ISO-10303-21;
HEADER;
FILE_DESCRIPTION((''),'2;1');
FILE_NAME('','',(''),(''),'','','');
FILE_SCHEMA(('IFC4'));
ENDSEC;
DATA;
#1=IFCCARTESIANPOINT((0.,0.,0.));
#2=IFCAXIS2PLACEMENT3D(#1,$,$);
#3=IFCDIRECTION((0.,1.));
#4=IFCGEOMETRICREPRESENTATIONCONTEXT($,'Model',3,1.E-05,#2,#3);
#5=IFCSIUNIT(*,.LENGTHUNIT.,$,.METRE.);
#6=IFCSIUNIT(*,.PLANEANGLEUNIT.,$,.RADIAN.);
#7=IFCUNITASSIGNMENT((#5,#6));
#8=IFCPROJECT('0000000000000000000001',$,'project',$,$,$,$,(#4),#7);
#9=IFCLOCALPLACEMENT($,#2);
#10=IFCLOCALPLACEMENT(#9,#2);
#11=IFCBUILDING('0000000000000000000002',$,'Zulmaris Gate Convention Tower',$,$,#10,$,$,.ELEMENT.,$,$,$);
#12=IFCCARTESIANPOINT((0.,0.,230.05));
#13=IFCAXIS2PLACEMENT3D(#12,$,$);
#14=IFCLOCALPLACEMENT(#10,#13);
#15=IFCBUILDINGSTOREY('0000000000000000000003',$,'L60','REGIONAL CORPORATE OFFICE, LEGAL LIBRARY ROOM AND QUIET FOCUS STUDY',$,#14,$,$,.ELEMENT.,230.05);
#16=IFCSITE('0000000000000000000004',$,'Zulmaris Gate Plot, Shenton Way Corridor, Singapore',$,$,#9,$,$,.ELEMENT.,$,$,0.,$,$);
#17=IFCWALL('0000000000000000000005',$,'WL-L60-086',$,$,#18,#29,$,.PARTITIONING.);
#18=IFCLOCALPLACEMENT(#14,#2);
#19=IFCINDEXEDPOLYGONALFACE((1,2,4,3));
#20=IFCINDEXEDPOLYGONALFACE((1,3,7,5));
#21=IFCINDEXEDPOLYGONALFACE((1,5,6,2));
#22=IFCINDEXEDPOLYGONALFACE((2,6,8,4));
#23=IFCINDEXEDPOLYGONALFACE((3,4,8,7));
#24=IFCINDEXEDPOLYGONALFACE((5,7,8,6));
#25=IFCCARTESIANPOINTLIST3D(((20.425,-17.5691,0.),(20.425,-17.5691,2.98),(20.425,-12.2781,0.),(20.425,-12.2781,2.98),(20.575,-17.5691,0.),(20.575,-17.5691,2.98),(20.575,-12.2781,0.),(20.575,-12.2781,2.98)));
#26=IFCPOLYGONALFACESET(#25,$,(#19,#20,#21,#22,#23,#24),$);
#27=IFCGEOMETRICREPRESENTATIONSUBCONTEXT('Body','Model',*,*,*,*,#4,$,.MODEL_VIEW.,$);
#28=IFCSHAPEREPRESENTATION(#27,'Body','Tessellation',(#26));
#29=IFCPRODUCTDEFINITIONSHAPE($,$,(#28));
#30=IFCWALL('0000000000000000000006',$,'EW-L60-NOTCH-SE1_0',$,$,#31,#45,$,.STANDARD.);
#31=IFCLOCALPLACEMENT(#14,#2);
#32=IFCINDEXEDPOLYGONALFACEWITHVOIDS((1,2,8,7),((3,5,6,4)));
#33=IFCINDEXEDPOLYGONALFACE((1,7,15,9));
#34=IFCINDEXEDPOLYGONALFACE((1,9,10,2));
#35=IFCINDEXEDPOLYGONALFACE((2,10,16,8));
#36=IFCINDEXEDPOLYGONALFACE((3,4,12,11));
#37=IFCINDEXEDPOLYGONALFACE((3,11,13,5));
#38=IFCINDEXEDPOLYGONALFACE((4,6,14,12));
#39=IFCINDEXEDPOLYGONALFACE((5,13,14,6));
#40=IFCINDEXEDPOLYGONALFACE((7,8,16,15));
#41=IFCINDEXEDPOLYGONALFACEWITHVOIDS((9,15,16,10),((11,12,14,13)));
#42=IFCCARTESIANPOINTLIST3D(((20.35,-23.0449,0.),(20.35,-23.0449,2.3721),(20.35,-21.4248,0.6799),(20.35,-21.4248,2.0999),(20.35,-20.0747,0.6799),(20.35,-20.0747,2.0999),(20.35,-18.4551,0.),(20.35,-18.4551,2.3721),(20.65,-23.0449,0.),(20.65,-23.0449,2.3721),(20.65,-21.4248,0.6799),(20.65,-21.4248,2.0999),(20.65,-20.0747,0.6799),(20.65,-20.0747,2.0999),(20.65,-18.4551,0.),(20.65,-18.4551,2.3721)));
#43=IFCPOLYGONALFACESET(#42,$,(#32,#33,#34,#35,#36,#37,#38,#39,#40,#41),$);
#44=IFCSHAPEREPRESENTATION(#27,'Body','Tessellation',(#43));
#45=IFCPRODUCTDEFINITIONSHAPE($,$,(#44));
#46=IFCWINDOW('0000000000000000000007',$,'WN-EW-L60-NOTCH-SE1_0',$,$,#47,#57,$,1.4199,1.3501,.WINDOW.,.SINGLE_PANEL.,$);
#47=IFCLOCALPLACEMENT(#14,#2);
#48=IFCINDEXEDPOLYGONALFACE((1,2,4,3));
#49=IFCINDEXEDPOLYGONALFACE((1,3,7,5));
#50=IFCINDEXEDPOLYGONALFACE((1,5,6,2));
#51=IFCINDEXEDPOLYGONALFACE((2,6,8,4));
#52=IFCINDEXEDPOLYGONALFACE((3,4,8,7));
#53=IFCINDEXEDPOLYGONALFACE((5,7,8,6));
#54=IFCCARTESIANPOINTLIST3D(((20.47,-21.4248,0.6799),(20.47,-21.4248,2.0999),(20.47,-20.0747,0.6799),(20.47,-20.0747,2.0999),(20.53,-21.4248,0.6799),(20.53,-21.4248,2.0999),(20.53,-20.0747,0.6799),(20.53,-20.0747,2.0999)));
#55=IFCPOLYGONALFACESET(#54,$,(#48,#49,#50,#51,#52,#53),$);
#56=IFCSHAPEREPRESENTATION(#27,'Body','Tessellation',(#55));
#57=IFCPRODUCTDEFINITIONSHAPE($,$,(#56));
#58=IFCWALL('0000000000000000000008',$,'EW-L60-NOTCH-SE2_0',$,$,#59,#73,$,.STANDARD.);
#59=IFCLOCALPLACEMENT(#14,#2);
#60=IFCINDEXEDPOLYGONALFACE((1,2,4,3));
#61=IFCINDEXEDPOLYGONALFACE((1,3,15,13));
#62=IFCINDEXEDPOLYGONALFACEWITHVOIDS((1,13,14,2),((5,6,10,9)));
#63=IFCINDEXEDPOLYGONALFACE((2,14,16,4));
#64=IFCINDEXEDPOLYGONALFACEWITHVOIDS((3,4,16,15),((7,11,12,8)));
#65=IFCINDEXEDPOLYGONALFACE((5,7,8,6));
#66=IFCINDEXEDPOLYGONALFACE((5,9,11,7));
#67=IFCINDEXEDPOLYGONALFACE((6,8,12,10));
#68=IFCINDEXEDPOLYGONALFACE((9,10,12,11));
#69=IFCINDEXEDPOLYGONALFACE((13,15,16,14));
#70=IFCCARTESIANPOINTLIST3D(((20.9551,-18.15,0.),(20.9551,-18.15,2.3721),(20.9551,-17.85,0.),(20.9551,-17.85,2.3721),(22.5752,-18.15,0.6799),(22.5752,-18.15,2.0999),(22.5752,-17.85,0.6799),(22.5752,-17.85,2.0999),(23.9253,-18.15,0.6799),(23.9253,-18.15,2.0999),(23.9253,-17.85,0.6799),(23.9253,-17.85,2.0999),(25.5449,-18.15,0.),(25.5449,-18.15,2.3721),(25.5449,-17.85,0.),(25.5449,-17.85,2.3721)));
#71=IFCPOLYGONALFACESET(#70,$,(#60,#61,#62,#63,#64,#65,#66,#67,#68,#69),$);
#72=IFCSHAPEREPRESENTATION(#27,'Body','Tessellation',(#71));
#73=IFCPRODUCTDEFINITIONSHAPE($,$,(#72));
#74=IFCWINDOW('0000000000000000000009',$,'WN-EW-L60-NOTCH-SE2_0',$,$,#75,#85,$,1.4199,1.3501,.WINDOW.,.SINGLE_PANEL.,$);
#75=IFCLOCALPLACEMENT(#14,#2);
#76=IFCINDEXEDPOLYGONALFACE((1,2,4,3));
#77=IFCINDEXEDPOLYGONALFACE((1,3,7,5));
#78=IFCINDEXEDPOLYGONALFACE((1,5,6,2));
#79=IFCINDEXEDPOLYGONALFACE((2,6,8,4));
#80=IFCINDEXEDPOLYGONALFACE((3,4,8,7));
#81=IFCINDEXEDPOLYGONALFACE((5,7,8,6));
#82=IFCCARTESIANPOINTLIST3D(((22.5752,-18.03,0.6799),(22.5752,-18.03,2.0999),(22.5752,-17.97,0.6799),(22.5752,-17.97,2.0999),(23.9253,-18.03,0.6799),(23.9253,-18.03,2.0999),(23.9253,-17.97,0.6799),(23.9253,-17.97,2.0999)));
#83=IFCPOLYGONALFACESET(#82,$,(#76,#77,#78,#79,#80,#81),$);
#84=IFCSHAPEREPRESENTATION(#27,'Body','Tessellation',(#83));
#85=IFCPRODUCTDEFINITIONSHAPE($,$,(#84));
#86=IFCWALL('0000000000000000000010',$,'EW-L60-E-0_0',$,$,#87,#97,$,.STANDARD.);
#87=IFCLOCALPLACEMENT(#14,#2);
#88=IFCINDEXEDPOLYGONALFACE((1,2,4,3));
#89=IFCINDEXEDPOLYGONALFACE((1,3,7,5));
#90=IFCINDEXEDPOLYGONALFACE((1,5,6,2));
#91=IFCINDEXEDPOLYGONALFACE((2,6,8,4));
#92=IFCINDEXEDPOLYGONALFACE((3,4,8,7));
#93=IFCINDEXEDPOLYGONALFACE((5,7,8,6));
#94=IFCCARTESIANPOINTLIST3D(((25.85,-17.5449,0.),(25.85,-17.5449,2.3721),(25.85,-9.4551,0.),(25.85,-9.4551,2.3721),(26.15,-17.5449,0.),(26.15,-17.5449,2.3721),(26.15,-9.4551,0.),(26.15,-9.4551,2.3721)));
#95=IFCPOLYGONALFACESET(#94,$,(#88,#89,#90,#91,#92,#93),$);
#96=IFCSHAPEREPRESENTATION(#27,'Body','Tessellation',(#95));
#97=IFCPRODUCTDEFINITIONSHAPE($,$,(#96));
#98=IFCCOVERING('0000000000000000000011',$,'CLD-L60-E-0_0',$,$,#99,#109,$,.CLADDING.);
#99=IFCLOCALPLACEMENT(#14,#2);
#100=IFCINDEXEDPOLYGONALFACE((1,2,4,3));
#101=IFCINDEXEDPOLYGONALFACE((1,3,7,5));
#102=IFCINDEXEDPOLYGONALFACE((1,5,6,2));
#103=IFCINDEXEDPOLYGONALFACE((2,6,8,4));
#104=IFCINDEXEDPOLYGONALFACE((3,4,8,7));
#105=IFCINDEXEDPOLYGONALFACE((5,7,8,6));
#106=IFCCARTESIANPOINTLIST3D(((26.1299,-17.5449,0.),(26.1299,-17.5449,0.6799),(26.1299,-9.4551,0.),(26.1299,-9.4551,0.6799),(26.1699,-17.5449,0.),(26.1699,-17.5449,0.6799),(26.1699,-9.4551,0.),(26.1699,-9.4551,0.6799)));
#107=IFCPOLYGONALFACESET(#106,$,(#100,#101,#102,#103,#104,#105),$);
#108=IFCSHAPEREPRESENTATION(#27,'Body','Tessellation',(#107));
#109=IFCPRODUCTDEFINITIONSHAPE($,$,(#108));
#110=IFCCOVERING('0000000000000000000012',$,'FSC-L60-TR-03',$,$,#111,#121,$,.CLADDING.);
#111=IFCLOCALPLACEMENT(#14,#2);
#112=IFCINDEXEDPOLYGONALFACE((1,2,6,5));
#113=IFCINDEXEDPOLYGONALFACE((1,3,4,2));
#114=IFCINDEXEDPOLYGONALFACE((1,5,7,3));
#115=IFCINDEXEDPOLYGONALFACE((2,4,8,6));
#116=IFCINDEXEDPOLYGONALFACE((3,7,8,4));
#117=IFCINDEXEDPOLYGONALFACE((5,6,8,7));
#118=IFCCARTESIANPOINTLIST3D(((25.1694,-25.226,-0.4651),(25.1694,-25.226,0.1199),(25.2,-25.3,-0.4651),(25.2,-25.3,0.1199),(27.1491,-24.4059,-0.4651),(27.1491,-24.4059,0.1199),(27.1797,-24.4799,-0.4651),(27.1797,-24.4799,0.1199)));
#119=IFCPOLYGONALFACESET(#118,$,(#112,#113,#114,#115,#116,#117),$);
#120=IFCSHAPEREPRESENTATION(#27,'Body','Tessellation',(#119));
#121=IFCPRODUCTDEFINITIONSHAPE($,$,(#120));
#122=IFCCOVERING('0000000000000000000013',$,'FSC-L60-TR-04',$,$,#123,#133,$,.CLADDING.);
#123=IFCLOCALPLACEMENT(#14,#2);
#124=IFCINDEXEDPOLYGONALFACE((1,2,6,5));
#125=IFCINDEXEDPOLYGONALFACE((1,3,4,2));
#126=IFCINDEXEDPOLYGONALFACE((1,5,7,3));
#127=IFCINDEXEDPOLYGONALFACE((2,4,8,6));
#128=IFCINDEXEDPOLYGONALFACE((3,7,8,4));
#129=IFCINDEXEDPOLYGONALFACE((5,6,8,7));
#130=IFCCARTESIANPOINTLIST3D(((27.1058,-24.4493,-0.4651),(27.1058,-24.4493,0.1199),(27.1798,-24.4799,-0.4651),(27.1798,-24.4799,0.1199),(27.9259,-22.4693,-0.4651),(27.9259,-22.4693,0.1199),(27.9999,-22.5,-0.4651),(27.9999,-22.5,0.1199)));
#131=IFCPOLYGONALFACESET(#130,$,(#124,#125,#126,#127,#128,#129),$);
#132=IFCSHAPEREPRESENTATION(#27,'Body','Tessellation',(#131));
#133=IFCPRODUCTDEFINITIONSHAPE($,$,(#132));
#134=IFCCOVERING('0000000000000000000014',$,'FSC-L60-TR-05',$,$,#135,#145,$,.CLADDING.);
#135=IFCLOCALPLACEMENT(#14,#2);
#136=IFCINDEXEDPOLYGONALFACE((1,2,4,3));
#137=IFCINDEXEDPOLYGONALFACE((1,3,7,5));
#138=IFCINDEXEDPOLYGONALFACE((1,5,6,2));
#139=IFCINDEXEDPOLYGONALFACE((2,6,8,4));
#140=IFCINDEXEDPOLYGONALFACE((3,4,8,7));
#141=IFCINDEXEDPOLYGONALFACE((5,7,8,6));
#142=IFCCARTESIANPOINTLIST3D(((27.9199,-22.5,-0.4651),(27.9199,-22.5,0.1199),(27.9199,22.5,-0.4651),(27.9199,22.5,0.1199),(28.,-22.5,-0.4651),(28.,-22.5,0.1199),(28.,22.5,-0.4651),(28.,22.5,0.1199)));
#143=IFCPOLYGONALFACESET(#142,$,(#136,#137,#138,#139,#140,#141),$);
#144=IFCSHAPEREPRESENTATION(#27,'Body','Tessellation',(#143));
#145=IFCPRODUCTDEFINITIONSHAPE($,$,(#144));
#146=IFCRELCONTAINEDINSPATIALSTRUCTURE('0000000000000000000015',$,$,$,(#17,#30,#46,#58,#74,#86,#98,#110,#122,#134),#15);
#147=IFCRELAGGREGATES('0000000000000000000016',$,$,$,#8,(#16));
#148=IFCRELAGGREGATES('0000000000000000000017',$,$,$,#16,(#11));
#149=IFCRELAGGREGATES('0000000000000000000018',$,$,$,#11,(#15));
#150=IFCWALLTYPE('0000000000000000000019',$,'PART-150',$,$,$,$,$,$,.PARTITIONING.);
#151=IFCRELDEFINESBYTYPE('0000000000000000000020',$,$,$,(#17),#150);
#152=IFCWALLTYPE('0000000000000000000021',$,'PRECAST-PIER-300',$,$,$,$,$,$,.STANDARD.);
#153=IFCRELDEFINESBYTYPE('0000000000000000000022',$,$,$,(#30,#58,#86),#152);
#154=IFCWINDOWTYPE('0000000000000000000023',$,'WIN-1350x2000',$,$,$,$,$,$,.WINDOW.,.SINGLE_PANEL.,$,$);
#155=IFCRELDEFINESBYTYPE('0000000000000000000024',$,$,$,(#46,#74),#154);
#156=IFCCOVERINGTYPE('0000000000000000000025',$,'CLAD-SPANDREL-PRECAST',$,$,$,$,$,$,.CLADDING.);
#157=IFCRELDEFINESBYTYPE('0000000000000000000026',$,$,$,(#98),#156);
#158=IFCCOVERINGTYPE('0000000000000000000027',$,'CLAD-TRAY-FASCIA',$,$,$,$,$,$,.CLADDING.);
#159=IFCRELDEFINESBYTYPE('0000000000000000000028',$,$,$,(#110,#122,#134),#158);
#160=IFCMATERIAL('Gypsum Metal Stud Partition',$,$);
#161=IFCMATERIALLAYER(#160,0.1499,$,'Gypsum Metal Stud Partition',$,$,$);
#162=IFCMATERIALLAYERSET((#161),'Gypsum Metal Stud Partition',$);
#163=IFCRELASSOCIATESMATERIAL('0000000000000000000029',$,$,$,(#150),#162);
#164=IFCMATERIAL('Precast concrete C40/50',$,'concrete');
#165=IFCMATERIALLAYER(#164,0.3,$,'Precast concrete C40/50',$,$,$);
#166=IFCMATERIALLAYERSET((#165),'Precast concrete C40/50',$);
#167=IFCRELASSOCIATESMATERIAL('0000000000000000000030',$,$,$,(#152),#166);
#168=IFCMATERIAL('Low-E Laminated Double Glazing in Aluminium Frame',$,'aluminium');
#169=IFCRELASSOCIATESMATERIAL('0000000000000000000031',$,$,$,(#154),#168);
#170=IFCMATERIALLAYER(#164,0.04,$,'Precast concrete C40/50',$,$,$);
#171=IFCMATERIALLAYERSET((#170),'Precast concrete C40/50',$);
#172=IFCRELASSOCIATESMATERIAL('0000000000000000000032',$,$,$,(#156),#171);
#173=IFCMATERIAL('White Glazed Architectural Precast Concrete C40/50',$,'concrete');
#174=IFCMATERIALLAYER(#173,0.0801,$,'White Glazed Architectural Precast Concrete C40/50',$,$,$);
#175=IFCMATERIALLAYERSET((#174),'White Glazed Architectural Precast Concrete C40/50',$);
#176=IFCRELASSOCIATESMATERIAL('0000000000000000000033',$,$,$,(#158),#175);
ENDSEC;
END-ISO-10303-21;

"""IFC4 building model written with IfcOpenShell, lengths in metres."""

from ifc_helpers import new_model, si_unit, direction, frame, frame_2d, origin, place, context, subcontext, project, spatial, rectangle, extrude, material, layer, layer_set, type_object, element, fill, save


model = new_model("IFC4")

# Units and contexts
model_context = context("Model", 3, precision=1e-05, world=origin(), true_north=direction((0.0, 1.0)))
body_context = subcontext(model_context, "Body", "Model", "MODEL_VIEW")
ifc_project = project(units=[si_unit("LENGTHUNIT", "METRE"), si_unit("PLANEANGLEUNIT", "RADIAN")], contexts=[model_context])

# Site, building, storey
site_placement = place(None, origin())
site = spatial("IfcSite", under=ifc_project, at=site_placement, Name="Zulmaris Gate Plot, Shenton Way Corridor, Singapore", CompositionType="ELEMENT", RefElevation=0.0)
building_placement = place(site_placement, origin())
building = spatial("IfcBuilding", under=site, at=building_placement, Name="Zulmaris Gate Convention Tower", CompositionType="ELEMENT")
storey_placement = place(building_placement, frame((0.0, 0.0, 230.05)))
storey = spatial("IfcBuildingStorey", under=building, at=storey_placement, Name="L60", Description="REGIONAL CORPORATE OFFICE, LEGAL LIBRARY ROOM AND QUIET FOCUS STUDY", CompositionType="ELEMENT", Elevation=230.05)

# Shared definitions
ifc_material_1 = material(Name="Gypsum Metal Stud Partition")
ifc_layer_1 = layer(ifc_material_1, 0.1499, Name="Gypsum Metal Stud Partition")
ifc_layer_set_1 = layer_set([ifc_layer_1], Name="Gypsum Metal Stud Partition")
wall_type_1 = type_object("IfcWallType", Name="PART-150", PredefinedType="PARTITIONING", material=ifc_layer_set_1)

# Wall
wall_1_placement = place(storey_placement, frame((20.5, -17.5691, 0.0), z_axis=(0.0, 0.0, 1.0), x_axis=(0.0, 1.0, 0.0)))
element("IfcWall", 1, at=wall_1_placement, inside=storey, type_object=wall_type_1, Name="WL-L60-086", PredefinedType="PARTITIONING", context=body_context, shape_type="SweptSolid", body=[
    extrude(rectangle(XDim=5.291, YDim=0.1499, at=frame_2d((2.6455, 0.0))), origin(), (0.0, 0.0, 1.0), 2.98),
])

# Walls, openings, windows
ifc_material_2 = material(Name="Precast concrete C40/50", Category="concrete")
ifc_layer_2 = layer(ifc_material_2, 0.3, Name="Precast concrete C40/50")
ifc_layer_set_2 = layer_set([ifc_layer_2], Name="Precast concrete C40/50")
wall_type_2 = type_object("IfcWallType", Name="PRECAST-PIER-300", PredefinedType="STANDARD", material=ifc_layer_set_2)
wall_2_placement = place(storey_placement, frame((20.5, -23.0449, 0.0), z_axis=(0.0, 0.0, 1.0), x_axis=(0.0, 1.0, 0.0)))
wall_2 = element("IfcWall", 2, at=wall_2_placement, inside=storey, type_object=wall_type_2, Name="EW-L60-NOTCH-SE1_0", PredefinedType="STANDARD", context=body_context, shape_type="SweptSolid", body=[
    extrude(rectangle(XDim=4.5898, YDim=0.3, at=frame_2d((2.2949, 0.0))), origin(), (0.0, 0.0, 1.0), 2.3721),
])
opening_1_placement = place(wall_2_placement, frame((1.6201, 0.0, 0.6799)))
opening_1 = element("IfcOpeningElement", 3, at=opening_1_placement, cuts=wall_2, PredefinedType="OPENING", context=body_context, shape_type="SweptSolid", body=[
    extrude(rectangle(XDim=1.3501, YDim=1.4199, at=frame_2d((0.675, 0.71))), frame((0.0, 0.1602, 0.0), z_axis=(0.0, -1.0, 0.0), x_axis=(1.0, 0.0, 0.0)), (0.0, 0.0, 1.0), 0.3201),
])
ifc_material_3 = material(Name="Low-E Laminated Double Glazing in Aluminium Frame", Category="aluminium")
window_type = type_object("IfcWindowType", Name="WIN-1350x2000", PartitioningType="SINGLE_PANEL", PredefinedType="WINDOW", material=ifc_material_3)
window_1_placement = place(opening_1_placement, origin())
window_1 = element("IfcWindow", 4, at=window_1_placement, inside=storey, type_object=window_type, Name="WN-EW-L60-NOTCH-SE1_0", OverallHeight=1.4199, OverallWidth=1.3501, PartitioningType="SINGLE_PANEL", PredefinedType="WINDOW", context=body_context, shape_type="SweptSolid", body=[
    extrude(rectangle(XDim=1.3501, YDim=1.4199, at=frame_2d((0.675, 0.71))), frame((0.0, 0.03, 0.0), z_axis=(0.0, -1.0, 0.0), x_axis=(1.0, 0.0, 0.0)), (0.0, 0.0, 1.0), 0.0601),
])
fill(opening_1, window_1)
wall_3_placement = place(storey_placement, frame((20.9551, -18.0, 0.0), z_axis=(0.0, 0.0, 1.0), x_axis=(1.0, 0.0, 0.0)))
wall_3 = element("IfcWall", 5, at=wall_3_placement, inside=storey, type_object=wall_type_2, Name="EW-L60-NOTCH-SE2_0", PredefinedType="STANDARD", context=body_context, shape_type="SweptSolid", body=[
    extrude(rectangle(XDim=4.5898, YDim=0.3, at=frame_2d((2.2949, 0.0))), origin(), (0.0, 0.0, 1.0), 2.3721),
])
opening_2_placement = place(wall_3_placement, frame((1.6201, 0.0, 0.6799)))
opening_2 = element("IfcOpeningElement", 6, at=opening_2_placement, cuts=wall_3, PredefinedType="OPENING", context=body_context, shape_type="SweptSolid", body=[
    extrude(rectangle(XDim=1.3501, YDim=1.4199, at=frame_2d((0.675, 0.71))), frame((0.0, 0.1602, 0.0), z_axis=(0.0, -1.0, 0.0), x_axis=(1.0, 0.0, 0.0)), (0.0, 0.0, 1.0), 0.3201),
])
window_2_placement = place(opening_2_placement, origin())
window_2 = element("IfcWindow", 7, at=window_2_placement, inside=storey, type_object=window_type, Name="WN-EW-L60-NOTCH-SE2_0", OverallHeight=1.4199, OverallWidth=1.3501, PartitioningType="SINGLE_PANEL", PredefinedType="WINDOW", context=body_context, shape_type="SweptSolid", body=[
    extrude(rectangle(XDim=1.3501, YDim=1.4199, at=frame_2d((0.675, 0.71))), frame((0.0, 0.03, 0.0), z_axis=(0.0, -1.0, 0.0), x_axis=(1.0, 0.0, 0.0)), (0.0, 0.0, 1.0), 0.0601),
])
fill(opening_2, window_2)

# Wall
wall_4_placement = place(storey_placement, frame((26.0, -17.5449, 0.0), z_axis=(0.0, 0.0, 1.0), x_axis=(0.0, 1.0, 0.0)))
element("IfcWall", 8, at=wall_4_placement, inside=storey, type_object=wall_type_2, Name="EW-L60-E-0_0", PredefinedType="STANDARD", context=body_context, shape_type="SweptSolid", body=[
    extrude(rectangle(XDim=8.0898, YDim=0.3, at=frame_2d((4.0449, 0.0))), origin(), (0.0, 0.0, 1.0), 2.3721),
])

# Coverings
ifc_layer_3 = layer(ifc_material_2, 0.04, Name="Precast concrete C40/50")
ifc_layer_set_3 = layer_set([ifc_layer_3], Name="Precast concrete C40/50")
covering_type_1 = type_object("IfcCoveringType", Name="CLAD-SPANDREL-PRECAST", PredefinedType="CLADDING", material=ifc_layer_set_3)
covering_1_placement = place(storey_placement, frame((26.1499, -17.5449, 0.0), z_axis=(0.0, 0.0, 1.0), x_axis=(0.0, 1.0, 0.0)))
element("IfcCovering", 9, at=covering_1_placement, inside=storey, type_object=covering_type_1, Name="CLD-L60-E-0_0", PredefinedType="CLADDING", context=body_context, shape_type="SweptSolid", body=[
    extrude(rectangle(XDim=8.0898, YDim=0.04, at=frame_2d((4.0449, 0.0))), origin(), (0.0, 0.0, 1.0), 0.6799),
])
ifc_material_4 = material(Name="White Glazed Architectural Precast Concrete C40/50", Category="concrete")
ifc_layer_4 = layer(ifc_material_4, 0.0801, Name="White Glazed Architectural Precast Concrete C40/50")
ifc_layer_set_4 = layer_set([ifc_layer_4], Name="White Glazed Architectural Precast Concrete C40/50")
covering_type_2 = type_object("IfcCoveringType", Name="CLAD-TRAY-FASCIA", PredefinedType="CLADDING", material=ifc_layer_set_4)
covering_2_placement = place(storey_placement, frame((25.1848, -25.2629, -0.4651), z_axis=(0.0, 0.0, 1.0), x_axis=(0.923874, 0.382697, 0.0)))
element("IfcCovering", 10, at=covering_2_placement, inside=storey, type_object=covering_type_2, Name="FSC-L60-TR-03", PredefinedType="CLADDING", context=body_context, shape_type="SweptSolid", body=[
    extrude(rectangle(XDim=2.1428, YDim=0.0801, at=frame_2d((1.0713, 0.0))), origin(), (0.0, 0.0, 1.0), 0.585),
])
covering_3_placement = place(storey_placement, frame((27.1428, -24.4646, -0.4651), z_axis=(0.0, 0.0, 1.0), x_axis=(0.382657, 0.92389, 0.0)))
element("IfcCovering", 11, at=covering_3_placement, inside=storey, type_object=covering_type_2, Name="FSC-L60-TR-04", PredefinedType="CLADDING", context=body_context, shape_type="SweptSolid", body=[
    extrude(rectangle(XDim=2.1431, YDim=0.0801, at=frame_2d((1.0715, 0.0))), origin(), (0.0, 0.0, 1.0), 0.585),
])
covering_4_placement = place(storey_placement, frame((27.96, -22.5, -0.4651), z_axis=(0.0, 0.0, 1.0), x_axis=(0.0, 1.0, 0.0)))
element("IfcCovering", 12, at=covering_4_placement, inside=storey, type_object=covering_type_2, Name="FSC-L60-TR-05", PredefinedType="CLADDING", context=body_context, shape_type="SweptSolid", body=[
    extrude(rectangle(XDim=45.0, YDim=0.0801, at=frame_2d((22.5, 0.0))), origin(), (0.0, 0.0, 1.0), 0.585),
])

save(model, "model.ifc")
